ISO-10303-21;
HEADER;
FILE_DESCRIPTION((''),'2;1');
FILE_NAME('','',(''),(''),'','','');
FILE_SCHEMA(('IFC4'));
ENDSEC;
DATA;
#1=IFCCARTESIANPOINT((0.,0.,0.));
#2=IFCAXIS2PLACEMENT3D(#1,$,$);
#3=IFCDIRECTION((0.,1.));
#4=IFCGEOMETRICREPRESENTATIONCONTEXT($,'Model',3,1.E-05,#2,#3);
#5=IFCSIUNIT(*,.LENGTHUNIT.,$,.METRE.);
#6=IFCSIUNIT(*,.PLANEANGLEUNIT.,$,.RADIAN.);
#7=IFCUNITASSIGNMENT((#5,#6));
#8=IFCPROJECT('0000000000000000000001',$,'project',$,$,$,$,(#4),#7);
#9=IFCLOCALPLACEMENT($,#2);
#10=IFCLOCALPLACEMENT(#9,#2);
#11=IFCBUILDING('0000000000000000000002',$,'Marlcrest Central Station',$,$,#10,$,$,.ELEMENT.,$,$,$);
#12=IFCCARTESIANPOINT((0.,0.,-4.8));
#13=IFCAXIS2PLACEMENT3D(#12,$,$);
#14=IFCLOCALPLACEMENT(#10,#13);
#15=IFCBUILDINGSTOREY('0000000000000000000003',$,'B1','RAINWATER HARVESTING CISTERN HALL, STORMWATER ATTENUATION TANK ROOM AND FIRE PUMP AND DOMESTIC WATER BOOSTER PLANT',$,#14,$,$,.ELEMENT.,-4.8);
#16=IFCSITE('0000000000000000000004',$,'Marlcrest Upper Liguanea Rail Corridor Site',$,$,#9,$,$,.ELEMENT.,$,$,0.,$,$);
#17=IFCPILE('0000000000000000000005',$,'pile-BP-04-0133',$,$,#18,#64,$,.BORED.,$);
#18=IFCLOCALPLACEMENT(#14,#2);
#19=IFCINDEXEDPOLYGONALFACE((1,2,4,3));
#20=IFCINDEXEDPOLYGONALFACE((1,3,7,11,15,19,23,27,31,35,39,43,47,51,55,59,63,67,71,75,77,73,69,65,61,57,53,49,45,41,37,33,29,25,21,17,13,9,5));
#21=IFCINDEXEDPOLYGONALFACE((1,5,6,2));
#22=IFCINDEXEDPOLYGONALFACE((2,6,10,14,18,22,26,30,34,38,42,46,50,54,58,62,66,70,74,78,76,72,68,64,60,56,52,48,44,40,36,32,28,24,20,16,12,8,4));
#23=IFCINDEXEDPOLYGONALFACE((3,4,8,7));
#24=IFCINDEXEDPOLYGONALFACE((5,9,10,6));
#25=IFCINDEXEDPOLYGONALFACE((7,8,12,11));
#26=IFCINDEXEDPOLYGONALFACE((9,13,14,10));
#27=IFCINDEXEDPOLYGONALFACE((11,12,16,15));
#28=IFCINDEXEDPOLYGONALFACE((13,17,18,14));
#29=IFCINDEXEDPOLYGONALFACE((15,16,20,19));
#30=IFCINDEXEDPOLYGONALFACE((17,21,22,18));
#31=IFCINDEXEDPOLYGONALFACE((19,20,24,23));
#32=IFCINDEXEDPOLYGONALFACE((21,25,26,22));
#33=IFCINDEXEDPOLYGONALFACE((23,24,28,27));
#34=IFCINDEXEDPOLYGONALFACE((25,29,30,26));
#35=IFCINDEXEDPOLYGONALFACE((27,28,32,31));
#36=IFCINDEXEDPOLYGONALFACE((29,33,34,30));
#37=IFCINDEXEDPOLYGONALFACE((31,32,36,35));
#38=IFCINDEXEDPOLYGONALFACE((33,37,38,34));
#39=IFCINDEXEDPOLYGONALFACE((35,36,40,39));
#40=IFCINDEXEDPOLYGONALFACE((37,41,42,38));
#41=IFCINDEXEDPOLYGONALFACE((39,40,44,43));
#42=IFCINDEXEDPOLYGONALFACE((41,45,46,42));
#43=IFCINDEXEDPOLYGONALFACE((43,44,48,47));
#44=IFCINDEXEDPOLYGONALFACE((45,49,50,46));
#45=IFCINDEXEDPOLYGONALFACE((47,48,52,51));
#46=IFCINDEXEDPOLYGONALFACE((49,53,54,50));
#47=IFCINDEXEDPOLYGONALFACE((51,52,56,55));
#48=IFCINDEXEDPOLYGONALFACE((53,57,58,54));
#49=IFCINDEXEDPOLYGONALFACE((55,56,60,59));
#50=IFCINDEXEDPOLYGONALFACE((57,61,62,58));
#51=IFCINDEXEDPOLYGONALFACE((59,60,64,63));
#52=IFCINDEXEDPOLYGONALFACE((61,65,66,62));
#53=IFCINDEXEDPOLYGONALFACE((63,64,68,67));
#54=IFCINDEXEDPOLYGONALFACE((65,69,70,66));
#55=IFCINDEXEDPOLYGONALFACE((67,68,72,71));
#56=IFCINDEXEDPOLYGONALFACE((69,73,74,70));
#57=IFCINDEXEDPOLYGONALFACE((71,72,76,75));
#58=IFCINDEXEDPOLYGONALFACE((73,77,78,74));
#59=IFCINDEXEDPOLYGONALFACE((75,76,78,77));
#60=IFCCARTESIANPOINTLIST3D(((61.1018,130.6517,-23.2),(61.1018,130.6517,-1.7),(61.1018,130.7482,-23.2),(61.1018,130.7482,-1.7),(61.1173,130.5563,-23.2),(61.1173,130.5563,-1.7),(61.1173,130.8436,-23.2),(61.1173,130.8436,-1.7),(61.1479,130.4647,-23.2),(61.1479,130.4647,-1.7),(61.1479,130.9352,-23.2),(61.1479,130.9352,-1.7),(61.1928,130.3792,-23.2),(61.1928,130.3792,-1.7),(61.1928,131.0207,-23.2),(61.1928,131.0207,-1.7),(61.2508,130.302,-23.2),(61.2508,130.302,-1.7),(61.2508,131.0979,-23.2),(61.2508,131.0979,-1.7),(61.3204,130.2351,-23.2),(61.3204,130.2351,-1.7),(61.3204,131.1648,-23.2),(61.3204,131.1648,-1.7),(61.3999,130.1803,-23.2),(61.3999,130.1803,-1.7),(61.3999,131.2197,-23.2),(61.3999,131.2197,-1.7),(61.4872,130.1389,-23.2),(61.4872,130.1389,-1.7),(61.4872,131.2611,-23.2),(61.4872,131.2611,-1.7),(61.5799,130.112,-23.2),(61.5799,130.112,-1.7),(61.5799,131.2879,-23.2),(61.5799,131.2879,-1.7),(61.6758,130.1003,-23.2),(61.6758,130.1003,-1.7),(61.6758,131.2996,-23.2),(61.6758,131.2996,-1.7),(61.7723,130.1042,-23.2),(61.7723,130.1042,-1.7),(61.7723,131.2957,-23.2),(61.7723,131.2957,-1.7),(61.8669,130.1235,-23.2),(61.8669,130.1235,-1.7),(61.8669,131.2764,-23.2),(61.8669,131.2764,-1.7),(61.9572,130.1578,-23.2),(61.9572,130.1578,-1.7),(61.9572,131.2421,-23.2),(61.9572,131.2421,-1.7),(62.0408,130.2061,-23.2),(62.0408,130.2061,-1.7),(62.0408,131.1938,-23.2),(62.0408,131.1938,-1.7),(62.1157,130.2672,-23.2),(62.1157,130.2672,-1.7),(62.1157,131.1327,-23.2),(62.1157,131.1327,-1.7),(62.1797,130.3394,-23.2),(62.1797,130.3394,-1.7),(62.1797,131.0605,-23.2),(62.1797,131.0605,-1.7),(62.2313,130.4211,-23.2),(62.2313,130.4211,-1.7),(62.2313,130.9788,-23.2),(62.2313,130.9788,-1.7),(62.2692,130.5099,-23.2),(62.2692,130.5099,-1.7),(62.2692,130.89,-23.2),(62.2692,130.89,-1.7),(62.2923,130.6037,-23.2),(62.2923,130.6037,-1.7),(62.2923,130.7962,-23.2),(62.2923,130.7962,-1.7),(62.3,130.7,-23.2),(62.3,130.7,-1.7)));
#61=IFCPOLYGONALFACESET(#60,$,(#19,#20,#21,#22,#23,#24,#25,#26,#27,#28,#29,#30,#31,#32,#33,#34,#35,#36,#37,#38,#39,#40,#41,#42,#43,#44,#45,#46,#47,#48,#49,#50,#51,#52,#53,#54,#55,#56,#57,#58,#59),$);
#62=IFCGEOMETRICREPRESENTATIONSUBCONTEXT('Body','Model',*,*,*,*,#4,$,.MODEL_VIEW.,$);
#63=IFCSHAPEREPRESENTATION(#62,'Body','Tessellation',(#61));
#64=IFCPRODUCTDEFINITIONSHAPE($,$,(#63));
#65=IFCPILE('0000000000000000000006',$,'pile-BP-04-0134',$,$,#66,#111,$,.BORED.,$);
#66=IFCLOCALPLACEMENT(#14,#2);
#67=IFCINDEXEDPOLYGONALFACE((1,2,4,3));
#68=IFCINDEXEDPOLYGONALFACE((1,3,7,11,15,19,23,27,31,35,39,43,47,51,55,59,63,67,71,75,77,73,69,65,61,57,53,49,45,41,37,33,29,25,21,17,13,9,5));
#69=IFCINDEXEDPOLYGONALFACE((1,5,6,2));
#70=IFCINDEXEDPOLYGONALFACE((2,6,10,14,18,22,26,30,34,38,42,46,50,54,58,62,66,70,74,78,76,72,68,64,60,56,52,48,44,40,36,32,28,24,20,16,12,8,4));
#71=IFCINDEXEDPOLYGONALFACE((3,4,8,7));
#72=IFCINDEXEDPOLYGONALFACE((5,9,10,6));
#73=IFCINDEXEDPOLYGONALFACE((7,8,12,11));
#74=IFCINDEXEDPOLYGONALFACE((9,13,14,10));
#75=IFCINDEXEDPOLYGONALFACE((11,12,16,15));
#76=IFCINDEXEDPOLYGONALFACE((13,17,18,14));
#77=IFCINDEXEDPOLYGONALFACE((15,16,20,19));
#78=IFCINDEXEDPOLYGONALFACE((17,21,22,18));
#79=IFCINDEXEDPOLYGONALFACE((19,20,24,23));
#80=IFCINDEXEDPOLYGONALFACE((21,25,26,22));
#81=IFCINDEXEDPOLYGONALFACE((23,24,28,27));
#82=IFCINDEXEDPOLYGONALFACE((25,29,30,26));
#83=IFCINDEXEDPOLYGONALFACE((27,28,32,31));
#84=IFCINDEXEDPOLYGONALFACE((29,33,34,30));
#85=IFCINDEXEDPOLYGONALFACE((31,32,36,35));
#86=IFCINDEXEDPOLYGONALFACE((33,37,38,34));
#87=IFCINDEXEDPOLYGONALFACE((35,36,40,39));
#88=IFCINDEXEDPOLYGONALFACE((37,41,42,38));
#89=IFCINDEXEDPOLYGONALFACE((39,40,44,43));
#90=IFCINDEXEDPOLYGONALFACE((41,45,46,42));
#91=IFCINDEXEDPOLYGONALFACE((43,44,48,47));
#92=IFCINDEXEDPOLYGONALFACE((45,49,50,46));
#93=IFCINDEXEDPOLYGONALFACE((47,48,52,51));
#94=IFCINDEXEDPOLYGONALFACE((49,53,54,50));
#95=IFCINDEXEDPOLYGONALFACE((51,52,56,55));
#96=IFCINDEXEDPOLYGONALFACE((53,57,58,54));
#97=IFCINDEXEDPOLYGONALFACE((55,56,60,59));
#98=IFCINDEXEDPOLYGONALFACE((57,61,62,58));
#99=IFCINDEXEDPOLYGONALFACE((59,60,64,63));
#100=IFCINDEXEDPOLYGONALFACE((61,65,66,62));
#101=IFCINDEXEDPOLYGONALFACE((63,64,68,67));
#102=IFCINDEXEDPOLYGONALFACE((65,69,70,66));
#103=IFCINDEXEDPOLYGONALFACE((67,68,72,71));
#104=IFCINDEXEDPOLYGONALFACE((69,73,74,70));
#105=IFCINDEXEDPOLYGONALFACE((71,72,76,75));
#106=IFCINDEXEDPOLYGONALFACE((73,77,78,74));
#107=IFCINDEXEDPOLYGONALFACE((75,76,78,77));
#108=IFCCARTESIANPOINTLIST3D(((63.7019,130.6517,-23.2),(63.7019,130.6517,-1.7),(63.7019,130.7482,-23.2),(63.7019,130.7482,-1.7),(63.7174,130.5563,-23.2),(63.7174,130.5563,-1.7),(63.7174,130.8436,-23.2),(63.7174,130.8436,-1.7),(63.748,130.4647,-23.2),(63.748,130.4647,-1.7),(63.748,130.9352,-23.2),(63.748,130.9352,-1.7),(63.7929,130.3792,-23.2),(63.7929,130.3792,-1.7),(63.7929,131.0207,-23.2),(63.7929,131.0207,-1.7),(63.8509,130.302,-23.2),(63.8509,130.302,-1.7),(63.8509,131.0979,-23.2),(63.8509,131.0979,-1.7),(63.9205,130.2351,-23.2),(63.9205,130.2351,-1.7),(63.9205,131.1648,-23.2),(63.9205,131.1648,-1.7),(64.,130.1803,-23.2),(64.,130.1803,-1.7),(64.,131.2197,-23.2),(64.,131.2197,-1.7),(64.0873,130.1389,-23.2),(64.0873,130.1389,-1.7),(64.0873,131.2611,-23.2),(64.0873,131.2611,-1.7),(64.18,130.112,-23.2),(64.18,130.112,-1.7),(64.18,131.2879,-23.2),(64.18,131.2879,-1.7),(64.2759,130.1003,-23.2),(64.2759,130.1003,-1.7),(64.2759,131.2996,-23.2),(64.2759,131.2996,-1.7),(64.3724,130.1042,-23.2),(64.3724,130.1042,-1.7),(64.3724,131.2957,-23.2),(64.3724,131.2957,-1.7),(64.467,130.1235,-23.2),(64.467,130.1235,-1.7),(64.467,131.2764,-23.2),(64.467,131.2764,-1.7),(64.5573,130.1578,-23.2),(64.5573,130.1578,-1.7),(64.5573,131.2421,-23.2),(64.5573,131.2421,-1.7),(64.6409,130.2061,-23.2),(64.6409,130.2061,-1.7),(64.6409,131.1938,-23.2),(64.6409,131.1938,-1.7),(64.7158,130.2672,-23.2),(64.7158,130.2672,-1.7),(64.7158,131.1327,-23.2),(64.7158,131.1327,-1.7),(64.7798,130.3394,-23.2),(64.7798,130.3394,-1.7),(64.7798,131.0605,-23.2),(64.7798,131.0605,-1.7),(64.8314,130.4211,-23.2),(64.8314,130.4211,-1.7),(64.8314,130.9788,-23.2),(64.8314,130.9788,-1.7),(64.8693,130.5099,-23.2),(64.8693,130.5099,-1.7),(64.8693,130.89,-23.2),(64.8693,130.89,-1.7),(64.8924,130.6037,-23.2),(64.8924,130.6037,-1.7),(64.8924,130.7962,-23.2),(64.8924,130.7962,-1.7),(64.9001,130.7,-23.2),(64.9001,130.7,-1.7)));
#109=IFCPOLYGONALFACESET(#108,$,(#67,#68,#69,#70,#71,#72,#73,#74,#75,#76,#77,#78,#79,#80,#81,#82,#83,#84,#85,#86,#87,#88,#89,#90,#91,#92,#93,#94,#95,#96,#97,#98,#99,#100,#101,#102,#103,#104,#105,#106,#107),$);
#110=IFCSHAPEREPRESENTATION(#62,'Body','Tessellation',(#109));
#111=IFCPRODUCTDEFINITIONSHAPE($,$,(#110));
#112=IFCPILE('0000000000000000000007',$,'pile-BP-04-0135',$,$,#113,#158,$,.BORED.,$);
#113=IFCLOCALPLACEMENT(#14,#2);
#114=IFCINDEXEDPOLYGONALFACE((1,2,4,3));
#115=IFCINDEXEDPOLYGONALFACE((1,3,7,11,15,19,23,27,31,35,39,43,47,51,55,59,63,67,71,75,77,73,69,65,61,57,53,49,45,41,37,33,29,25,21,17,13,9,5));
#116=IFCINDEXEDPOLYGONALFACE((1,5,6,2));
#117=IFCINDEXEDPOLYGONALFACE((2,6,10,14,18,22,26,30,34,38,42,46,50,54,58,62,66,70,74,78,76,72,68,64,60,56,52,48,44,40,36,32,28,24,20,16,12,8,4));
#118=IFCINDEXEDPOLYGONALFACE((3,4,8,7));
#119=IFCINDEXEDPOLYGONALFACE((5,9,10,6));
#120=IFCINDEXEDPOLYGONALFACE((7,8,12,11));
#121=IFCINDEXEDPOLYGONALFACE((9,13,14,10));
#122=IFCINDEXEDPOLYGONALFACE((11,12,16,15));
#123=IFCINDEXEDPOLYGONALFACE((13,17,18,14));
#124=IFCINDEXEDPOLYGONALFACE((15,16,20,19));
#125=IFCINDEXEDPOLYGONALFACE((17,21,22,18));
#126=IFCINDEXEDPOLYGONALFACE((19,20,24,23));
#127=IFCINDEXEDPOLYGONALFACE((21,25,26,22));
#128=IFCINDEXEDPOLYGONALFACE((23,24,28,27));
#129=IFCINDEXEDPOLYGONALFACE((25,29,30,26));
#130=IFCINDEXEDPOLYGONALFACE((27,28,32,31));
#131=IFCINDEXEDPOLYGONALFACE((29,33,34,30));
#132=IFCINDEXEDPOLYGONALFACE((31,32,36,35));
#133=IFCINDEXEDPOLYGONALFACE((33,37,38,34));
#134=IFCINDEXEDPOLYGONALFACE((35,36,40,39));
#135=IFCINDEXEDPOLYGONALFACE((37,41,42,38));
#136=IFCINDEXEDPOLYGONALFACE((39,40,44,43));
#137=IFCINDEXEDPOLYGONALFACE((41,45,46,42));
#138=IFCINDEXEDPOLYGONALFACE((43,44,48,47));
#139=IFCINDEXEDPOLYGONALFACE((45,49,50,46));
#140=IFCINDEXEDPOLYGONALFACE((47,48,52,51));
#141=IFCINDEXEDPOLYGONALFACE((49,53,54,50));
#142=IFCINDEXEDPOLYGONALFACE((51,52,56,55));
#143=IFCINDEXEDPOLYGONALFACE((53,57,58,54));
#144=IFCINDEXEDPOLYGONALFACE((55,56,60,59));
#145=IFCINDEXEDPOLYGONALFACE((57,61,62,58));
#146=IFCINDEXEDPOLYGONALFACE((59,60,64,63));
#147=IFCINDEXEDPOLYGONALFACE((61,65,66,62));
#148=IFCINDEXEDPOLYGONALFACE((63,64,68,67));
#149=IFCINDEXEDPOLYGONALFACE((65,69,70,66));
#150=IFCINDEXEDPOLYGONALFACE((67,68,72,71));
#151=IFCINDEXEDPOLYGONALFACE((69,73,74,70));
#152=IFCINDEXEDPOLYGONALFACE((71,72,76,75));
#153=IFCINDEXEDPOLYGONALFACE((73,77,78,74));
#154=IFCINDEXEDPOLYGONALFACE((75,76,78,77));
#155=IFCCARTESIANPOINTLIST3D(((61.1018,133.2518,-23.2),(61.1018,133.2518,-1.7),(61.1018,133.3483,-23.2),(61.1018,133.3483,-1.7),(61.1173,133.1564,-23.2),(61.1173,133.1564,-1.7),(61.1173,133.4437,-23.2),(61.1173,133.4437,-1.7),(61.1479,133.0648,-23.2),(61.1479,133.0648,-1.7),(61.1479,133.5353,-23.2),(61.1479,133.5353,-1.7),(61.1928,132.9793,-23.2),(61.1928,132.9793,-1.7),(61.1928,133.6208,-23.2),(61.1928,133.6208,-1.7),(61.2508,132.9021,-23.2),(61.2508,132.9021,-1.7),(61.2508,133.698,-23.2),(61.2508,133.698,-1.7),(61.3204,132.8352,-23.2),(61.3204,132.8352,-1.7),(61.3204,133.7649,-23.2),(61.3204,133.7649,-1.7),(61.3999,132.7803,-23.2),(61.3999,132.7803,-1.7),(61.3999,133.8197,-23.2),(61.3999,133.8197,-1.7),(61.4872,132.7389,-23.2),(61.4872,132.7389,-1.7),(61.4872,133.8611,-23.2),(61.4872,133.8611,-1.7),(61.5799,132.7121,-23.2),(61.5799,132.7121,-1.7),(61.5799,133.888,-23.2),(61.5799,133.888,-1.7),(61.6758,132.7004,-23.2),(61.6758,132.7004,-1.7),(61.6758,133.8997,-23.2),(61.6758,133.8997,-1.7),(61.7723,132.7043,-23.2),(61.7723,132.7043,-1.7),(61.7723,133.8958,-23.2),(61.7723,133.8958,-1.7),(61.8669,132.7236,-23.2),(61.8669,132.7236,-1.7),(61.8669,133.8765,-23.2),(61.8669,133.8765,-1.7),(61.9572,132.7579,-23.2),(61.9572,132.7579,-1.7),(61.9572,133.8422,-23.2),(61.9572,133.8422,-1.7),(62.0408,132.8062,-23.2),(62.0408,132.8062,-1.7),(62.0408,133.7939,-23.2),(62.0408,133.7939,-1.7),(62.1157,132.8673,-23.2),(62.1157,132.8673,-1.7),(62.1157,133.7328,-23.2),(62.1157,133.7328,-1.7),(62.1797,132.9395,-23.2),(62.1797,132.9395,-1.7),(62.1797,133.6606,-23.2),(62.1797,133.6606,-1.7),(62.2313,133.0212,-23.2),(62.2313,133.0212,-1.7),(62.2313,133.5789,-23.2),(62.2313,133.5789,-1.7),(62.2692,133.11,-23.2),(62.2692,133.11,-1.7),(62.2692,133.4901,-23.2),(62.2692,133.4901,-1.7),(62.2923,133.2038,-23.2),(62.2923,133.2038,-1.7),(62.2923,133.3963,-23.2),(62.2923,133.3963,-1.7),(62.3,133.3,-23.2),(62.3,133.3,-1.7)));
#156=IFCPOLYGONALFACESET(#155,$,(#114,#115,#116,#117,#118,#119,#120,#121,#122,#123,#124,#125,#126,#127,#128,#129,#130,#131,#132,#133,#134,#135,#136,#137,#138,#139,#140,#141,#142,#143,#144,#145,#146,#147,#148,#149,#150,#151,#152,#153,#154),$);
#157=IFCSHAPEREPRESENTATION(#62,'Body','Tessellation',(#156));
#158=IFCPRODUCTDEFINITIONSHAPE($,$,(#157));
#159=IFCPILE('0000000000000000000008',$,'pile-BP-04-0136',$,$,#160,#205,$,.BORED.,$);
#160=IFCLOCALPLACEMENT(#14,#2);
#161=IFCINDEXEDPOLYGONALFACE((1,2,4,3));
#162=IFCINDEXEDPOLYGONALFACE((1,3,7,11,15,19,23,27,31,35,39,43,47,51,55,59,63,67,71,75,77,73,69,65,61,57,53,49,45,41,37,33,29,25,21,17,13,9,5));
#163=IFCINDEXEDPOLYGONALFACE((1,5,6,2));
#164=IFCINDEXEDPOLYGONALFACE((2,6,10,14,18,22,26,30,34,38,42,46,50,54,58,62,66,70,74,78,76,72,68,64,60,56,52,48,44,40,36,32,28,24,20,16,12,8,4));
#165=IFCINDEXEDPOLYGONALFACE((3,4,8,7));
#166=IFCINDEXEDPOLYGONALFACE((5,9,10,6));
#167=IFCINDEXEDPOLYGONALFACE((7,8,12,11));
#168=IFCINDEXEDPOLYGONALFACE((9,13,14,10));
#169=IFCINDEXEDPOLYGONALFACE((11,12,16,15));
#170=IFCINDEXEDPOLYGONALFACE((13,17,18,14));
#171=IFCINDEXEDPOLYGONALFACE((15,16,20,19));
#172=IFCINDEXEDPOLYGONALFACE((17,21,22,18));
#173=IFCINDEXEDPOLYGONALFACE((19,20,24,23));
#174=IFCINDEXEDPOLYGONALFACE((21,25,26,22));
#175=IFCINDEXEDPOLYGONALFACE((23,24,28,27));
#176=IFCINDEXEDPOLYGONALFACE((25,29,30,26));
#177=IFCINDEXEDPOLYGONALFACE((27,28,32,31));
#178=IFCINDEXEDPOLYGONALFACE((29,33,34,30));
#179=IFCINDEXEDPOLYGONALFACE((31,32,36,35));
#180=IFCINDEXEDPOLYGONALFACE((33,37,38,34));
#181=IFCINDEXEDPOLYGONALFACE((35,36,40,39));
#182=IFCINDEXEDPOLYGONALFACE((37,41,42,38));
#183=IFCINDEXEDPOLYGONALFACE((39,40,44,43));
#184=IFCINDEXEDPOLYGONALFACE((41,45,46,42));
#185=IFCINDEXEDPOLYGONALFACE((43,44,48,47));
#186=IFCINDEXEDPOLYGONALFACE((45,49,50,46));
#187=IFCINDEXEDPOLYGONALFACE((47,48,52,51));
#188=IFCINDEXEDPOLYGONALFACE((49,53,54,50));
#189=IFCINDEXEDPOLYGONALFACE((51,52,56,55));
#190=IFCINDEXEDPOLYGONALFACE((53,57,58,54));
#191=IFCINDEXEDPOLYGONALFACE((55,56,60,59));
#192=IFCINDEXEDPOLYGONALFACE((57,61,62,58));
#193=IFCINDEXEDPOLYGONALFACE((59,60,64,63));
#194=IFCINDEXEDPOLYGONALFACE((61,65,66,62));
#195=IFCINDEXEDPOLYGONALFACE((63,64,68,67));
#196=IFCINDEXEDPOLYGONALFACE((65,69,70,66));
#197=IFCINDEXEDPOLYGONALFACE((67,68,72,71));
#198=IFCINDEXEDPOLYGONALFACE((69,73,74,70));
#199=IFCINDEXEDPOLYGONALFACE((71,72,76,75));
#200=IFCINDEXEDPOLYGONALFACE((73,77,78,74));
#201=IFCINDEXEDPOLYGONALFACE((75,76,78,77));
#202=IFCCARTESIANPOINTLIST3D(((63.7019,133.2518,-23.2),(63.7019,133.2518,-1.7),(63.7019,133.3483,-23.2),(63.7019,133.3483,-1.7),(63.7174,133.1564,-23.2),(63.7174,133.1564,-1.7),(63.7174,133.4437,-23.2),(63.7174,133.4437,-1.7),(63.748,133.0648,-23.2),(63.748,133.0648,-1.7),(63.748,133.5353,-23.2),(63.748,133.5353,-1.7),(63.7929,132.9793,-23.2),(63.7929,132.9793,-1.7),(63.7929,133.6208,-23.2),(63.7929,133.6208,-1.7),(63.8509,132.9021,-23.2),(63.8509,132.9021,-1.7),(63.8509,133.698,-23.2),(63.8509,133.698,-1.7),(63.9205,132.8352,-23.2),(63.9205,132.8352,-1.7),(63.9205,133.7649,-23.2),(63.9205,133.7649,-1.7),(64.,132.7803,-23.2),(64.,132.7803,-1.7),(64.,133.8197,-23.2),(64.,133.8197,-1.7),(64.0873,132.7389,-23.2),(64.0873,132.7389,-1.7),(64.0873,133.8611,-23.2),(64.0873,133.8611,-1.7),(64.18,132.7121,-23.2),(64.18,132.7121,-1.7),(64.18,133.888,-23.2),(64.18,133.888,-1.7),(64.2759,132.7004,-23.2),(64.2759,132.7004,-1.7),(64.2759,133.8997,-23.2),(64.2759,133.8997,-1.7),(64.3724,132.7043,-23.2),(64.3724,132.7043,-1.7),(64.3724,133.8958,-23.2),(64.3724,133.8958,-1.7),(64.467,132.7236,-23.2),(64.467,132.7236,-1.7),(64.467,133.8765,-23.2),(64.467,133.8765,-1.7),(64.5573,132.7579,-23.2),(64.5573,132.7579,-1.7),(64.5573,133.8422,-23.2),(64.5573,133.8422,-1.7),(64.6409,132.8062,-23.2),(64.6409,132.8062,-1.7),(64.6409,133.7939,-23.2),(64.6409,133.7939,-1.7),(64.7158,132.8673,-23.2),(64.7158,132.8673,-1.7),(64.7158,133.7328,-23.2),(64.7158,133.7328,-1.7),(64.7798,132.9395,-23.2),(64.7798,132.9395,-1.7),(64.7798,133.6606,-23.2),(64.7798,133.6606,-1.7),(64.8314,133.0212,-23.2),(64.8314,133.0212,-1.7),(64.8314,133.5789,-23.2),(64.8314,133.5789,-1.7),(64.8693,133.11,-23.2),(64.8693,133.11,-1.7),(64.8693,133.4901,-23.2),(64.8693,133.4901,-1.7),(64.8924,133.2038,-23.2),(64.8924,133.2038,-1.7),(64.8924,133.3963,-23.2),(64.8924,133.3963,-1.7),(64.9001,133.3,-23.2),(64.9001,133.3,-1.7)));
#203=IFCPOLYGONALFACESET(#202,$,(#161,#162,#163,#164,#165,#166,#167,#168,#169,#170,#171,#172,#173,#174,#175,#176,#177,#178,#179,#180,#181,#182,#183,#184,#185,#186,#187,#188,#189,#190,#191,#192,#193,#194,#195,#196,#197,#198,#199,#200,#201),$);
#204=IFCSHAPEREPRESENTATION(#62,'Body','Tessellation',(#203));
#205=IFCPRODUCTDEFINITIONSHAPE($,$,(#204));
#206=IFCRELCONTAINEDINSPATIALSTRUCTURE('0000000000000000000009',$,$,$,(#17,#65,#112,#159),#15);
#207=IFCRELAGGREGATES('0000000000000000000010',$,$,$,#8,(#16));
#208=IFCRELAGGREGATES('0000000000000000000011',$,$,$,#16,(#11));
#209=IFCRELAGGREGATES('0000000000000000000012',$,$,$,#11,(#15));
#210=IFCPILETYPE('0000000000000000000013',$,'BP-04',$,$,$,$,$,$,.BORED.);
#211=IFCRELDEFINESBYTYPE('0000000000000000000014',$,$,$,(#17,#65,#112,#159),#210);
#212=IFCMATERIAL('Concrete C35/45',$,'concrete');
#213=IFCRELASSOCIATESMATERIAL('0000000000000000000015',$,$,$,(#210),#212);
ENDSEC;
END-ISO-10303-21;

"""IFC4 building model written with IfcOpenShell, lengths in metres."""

from ifc_helpers import new_model, si_unit, direction, frame, origin, origin_2d, place, context, subcontext, project, spatial, circle, extrude, material, material_profile, profile_set, type_object, element, save


model = new_model("IFC4")

# Units and contexts
model_context = context("Model", 3, precision=1e-05, world=origin(), true_north=direction((0.0, 1.0)))
body_context = subcontext(model_context, "Body", "Model", "MODEL_VIEW")
ifc_project = project(units=[si_unit("LENGTHUNIT", "METRE"), si_unit("PLANEANGLEUNIT", "RADIAN")], contexts=[model_context])

# Site, building, storey
site_placement = place(None, origin())
site = spatial("IfcSite", under=ifc_project, at=site_placement, Name="Marlcrest Upper Liguanea Rail Corridor Site", CompositionType="ELEMENT", RefElevation=0.0)
building_placement = place(site_placement, origin())
building = spatial("IfcBuilding", under=site, at=building_placement, Name="Marlcrest Central Station", CompositionType="ELEMENT")
storey_placement = place(building_placement, frame((0.0, 0.0, -4.8)))
storey = spatial("IfcBuildingStorey", under=building, at=storey_placement, Name="B1", Description="RAINWATER HARVESTING CISTERN HALL, STORMWATER ATTENUATION TANK ROOM AND FIRE PUMP AND DOMESTIC WATER BOOSTER PLANT", CompositionType="ELEMENT", Elevation=-4.8)

# Piles
ifc_material_1 = material(Name="Concrete C35/45", Category="concrete")
ifc_material_profile_1 = material_profile(ifc_material_1, circle(Radius=0.6001, at=origin_2d()), Name="PILE D1200")
ifc_profile_set_1 = profile_set([ifc_material_profile_1], Name="Concrete C35/45")
pile_type = type_object("IfcPileType", Name="BP-04", PredefinedType="BORED", material=ifc_profile_set_1)
for number, where, z_axis, x_axis, name in (
    (1, (61.7, 130.7, -1.7), (0.0, 0.0, -1.0), (1.0, 0.0, 0.0), "pile-BP-04-0133"),
    (2, (64.3, 130.7, -1.7), (0.0, 0.0, -1.0), (1.0, 0.0, 0.0), "pile-BP-04-0134"),
    (3, (61.7, 133.3, -1.7), (0.0, 0.0, -1.0), (1.0, 0.0, 0.0), "pile-BP-04-0135"),
    (4, (64.3, 133.3, -1.7), (0.0, 0.0, -1.0), (1.0, 0.0, 0.0), "pile-BP-04-0136"),
):
    element("IfcPile", number, at=place(storey_placement, frame(where, z_axis=z_axis, x_axis=x_axis)), inside=storey, type_object=pile_type, Name=name, PredefinedType="BORED", context=body_context, shape_type="SweptSolid", body=[
        extrude(circle(Radius=0.6001, at=origin_2d()), origin(), (0.0, 0.0, 1.0), 21.5),
    ])

save(model, "model.ifc")
